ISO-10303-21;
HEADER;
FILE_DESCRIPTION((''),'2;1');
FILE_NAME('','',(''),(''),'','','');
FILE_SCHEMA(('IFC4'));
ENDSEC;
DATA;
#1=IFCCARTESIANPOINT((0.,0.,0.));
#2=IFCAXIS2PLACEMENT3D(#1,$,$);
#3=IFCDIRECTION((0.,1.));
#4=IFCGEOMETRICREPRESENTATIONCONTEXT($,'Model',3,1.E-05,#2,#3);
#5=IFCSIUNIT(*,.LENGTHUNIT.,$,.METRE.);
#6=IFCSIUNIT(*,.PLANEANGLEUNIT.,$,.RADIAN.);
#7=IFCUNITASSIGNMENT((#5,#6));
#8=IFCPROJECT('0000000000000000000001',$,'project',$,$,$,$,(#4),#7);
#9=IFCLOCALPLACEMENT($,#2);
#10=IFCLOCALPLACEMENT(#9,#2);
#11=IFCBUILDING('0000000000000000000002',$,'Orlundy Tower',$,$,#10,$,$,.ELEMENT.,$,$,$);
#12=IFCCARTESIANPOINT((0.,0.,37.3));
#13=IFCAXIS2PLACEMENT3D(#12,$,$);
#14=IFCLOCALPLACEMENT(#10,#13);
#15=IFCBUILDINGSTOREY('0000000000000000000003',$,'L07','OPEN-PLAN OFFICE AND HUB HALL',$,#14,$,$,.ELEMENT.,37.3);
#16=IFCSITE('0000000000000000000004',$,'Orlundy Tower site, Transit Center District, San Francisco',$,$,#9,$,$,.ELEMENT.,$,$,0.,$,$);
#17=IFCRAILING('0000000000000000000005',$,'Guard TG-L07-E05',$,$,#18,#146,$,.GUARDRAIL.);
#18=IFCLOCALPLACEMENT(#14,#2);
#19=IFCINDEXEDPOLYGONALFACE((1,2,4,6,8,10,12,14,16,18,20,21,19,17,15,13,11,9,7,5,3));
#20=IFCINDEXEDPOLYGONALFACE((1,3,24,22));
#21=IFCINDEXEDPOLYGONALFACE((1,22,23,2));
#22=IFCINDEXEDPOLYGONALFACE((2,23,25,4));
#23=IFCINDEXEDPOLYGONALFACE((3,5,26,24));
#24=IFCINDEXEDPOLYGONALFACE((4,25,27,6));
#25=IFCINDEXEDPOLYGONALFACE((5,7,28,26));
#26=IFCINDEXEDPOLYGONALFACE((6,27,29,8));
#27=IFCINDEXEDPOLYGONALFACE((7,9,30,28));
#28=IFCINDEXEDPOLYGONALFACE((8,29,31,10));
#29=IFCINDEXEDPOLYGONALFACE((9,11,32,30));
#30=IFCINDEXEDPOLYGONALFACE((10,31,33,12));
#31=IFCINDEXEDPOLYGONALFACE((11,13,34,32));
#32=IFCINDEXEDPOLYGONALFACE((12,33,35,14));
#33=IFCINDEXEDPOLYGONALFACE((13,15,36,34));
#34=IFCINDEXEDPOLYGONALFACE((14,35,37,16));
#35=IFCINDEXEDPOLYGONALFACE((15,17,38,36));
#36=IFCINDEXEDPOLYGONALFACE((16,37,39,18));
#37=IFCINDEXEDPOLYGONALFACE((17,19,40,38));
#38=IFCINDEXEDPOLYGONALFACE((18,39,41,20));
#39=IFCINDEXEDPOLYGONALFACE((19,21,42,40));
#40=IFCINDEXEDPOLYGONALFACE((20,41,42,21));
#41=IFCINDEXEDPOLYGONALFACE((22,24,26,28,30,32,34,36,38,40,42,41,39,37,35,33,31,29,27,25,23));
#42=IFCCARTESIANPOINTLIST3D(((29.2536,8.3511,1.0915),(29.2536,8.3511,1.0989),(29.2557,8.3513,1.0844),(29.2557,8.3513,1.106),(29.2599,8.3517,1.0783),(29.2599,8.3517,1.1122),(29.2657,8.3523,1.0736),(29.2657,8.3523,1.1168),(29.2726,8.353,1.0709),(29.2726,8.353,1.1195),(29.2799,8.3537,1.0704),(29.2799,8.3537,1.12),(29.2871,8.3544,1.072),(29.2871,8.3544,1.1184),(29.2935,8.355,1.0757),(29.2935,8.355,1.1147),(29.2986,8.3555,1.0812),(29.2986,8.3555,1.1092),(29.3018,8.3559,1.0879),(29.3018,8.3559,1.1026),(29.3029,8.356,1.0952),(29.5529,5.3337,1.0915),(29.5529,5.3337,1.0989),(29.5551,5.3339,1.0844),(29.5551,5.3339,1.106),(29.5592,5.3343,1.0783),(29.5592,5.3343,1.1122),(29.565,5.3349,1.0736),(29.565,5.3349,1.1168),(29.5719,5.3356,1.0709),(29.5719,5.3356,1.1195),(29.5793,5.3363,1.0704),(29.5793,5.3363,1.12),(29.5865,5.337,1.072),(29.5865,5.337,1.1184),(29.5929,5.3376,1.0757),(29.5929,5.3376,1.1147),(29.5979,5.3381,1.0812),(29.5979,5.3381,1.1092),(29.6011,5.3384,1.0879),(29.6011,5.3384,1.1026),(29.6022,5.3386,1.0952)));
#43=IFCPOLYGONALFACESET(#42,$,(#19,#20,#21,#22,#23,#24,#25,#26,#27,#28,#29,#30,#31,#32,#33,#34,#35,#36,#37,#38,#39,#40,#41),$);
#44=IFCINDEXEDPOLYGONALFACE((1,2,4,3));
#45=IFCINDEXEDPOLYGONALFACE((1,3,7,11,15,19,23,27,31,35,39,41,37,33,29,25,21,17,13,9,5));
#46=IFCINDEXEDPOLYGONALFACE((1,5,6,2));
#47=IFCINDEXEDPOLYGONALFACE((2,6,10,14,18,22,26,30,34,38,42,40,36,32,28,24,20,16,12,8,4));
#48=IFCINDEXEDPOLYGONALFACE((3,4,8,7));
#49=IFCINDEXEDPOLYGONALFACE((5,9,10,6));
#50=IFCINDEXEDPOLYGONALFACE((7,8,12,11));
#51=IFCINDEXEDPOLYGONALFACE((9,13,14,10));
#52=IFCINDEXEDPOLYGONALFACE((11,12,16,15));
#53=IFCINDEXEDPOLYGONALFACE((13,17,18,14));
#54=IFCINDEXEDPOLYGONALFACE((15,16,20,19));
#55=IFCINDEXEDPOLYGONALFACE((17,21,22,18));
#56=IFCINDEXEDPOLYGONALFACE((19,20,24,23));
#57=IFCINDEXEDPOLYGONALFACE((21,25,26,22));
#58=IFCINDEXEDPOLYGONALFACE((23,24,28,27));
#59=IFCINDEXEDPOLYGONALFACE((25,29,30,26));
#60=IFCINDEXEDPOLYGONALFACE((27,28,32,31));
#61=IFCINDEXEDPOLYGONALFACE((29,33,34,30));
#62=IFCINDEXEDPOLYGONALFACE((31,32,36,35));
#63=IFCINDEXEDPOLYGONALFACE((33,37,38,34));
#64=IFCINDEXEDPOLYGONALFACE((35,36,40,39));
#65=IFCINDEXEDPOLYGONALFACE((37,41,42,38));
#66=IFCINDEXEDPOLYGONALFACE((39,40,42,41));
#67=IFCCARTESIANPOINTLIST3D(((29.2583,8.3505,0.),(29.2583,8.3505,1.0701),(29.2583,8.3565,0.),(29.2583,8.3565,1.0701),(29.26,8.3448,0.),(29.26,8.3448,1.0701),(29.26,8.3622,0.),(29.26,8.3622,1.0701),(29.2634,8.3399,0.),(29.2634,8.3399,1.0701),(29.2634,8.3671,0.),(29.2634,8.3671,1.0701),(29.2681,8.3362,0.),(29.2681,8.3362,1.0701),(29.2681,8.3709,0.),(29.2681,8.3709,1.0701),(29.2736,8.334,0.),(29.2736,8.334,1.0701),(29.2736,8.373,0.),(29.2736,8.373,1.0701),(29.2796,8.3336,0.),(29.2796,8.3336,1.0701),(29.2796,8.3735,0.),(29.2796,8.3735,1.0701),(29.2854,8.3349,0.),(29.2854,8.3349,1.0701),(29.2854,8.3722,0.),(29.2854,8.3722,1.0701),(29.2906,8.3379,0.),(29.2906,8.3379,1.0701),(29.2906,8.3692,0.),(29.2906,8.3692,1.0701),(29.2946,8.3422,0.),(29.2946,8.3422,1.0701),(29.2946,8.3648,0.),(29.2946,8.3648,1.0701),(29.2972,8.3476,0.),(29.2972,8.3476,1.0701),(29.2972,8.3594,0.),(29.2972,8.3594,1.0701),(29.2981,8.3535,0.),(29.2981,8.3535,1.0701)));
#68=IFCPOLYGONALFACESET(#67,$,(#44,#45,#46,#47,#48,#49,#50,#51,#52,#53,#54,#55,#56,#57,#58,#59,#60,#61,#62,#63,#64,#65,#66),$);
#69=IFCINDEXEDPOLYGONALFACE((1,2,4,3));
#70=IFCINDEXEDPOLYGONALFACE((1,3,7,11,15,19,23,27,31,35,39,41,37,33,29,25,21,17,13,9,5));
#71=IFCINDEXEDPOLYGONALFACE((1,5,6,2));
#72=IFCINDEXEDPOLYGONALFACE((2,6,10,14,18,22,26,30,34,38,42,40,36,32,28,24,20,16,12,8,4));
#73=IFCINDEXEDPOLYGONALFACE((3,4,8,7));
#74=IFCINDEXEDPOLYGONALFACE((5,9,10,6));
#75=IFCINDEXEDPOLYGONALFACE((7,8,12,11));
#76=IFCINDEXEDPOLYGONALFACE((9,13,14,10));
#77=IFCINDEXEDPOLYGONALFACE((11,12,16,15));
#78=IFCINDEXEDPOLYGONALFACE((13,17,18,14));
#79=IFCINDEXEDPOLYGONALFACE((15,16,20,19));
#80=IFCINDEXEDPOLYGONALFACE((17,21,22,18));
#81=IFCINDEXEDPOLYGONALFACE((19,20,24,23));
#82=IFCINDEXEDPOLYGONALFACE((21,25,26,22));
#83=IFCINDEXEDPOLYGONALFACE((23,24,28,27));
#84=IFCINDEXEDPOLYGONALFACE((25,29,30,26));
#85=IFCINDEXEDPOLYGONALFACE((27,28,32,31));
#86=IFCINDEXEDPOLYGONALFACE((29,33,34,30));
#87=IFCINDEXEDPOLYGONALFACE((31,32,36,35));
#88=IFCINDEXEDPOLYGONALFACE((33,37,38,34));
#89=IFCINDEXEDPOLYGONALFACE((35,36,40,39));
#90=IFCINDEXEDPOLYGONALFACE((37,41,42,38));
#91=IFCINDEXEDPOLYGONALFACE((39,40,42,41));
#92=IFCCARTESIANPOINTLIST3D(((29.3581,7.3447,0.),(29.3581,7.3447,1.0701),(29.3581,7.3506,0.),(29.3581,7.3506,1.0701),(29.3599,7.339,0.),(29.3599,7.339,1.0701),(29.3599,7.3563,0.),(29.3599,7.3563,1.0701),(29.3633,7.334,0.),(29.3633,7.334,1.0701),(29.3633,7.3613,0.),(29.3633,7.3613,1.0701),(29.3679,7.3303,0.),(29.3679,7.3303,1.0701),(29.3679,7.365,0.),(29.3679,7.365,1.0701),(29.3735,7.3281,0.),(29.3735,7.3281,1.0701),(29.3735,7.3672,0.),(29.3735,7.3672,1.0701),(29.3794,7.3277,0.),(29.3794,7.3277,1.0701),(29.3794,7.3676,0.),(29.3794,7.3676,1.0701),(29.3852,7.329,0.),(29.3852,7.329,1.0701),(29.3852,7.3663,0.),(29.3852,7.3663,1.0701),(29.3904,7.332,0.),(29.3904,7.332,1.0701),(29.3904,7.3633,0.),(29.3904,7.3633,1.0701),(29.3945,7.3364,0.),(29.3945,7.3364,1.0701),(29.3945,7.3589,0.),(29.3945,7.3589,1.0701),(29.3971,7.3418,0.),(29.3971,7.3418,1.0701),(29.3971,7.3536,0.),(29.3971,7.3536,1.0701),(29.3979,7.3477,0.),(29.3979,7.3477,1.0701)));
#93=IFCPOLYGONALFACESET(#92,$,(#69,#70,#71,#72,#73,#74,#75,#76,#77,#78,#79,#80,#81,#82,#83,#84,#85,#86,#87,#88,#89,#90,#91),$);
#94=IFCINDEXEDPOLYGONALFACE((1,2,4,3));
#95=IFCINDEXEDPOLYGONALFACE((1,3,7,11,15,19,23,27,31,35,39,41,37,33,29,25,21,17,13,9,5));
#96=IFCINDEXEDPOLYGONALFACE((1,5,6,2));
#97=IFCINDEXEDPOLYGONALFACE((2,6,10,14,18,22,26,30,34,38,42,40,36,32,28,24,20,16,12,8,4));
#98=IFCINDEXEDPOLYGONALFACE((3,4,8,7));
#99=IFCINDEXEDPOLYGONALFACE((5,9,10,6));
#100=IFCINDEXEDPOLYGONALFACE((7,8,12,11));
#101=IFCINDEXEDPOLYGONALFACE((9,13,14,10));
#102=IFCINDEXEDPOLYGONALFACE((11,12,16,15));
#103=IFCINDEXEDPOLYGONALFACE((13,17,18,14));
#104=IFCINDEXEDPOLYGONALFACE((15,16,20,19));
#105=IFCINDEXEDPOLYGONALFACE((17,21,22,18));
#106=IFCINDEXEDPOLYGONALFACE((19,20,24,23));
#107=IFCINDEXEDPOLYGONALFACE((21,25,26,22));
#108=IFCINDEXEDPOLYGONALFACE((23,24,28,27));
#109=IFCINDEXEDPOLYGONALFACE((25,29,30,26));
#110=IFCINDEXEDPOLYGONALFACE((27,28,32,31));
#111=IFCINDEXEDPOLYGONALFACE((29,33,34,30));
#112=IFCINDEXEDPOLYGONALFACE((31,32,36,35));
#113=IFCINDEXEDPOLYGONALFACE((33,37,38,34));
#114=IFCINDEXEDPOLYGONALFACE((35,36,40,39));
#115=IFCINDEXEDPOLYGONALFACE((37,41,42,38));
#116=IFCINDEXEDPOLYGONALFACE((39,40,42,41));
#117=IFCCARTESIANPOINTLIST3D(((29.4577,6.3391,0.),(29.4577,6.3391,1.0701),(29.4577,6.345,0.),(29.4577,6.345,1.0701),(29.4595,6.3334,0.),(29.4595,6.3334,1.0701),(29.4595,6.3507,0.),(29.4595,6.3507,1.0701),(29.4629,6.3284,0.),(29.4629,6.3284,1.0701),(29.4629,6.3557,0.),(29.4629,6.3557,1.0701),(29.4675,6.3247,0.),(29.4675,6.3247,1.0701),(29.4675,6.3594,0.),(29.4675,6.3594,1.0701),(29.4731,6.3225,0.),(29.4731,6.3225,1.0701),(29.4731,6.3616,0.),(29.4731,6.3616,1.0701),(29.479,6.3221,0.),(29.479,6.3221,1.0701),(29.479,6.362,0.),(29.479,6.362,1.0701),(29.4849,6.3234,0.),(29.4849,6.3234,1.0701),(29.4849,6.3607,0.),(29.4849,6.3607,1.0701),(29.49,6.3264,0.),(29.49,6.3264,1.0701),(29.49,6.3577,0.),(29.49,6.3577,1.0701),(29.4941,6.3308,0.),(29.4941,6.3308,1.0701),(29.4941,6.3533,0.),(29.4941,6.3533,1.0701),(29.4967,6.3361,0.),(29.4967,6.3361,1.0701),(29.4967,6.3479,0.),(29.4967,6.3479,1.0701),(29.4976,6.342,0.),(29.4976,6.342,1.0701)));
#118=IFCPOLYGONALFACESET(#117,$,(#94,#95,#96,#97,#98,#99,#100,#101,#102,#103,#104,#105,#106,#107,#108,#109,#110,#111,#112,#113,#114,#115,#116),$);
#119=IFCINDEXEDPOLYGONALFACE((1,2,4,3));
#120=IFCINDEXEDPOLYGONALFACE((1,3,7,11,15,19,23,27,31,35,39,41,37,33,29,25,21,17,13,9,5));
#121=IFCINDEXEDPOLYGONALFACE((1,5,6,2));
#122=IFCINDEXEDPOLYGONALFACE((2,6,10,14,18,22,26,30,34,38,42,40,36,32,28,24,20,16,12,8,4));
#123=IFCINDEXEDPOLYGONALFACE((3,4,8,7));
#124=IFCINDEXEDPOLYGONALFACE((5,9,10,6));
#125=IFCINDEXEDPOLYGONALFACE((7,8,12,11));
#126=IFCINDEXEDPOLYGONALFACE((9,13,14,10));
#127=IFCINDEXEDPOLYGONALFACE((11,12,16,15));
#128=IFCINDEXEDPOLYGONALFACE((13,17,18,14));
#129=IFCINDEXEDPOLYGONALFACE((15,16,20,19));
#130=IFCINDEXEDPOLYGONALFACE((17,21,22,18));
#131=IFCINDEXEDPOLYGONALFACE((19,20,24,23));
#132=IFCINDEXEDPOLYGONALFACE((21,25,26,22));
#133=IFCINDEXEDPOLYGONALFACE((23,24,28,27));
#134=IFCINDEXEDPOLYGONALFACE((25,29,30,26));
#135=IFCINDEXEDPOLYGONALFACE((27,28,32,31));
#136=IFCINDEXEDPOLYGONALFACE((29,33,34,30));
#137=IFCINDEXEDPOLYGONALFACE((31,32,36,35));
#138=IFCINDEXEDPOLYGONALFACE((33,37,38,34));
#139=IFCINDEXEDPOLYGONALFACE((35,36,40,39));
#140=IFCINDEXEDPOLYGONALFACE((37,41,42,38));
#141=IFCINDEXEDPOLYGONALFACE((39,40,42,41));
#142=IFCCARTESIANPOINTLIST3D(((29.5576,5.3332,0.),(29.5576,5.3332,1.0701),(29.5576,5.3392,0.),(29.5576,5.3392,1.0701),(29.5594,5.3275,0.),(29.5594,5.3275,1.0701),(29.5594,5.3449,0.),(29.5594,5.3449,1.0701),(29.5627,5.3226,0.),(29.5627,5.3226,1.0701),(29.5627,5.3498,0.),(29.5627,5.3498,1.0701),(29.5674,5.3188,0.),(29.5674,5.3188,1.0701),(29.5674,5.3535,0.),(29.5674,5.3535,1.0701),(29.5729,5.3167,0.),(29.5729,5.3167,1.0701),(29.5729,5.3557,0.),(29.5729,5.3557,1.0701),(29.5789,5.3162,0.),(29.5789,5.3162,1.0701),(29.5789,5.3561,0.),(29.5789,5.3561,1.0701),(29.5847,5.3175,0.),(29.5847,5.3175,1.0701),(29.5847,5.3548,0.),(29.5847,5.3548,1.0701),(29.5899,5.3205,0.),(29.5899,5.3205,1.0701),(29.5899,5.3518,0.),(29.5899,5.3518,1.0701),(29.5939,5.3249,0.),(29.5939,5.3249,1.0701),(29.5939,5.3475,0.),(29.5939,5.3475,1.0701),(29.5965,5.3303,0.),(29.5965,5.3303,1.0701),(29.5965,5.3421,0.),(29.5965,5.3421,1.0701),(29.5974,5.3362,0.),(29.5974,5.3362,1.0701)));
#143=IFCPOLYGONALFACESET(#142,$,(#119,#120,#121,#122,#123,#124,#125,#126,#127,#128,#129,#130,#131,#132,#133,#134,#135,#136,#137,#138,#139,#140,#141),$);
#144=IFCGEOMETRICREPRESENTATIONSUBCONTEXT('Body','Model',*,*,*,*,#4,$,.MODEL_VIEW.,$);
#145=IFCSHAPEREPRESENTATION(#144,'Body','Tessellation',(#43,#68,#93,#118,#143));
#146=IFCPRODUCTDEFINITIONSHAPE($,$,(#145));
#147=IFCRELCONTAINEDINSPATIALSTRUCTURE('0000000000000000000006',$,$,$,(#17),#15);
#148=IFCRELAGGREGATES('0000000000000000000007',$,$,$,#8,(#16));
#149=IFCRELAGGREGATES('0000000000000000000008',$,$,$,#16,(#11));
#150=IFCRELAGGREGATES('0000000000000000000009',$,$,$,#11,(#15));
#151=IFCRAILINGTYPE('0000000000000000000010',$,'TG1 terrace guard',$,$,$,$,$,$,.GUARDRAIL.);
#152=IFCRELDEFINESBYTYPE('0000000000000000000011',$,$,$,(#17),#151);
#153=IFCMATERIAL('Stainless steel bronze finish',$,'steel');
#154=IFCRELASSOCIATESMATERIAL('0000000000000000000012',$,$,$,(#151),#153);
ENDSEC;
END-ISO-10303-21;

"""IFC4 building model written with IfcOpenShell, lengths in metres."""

from ifc_helpers import new_model, si_unit, direction, frame, origin, origin_2d, place, context, subcontext, project, spatial, circle, extrude, material, type_object, element, save


model = new_model("IFC4")

# Units and contexts
model_context = context("Model", 3, precision=1e-05, world=origin(), true_north=direction((0.0, 1.0)))
body_context = subcontext(model_context, "Body", "Model", "MODEL_VIEW")
ifc_project = project(units=[si_unit("LENGTHUNIT", "METRE"), si_unit("PLANEANGLEUNIT", "RADIAN")], contexts=[model_context])

# Site, building, storey
site_placement = place(None, origin())
site = spatial("IfcSite", under=ifc_project, at=site_placement, Name="Orlundy Tower site, Transit Center District, San Francisco", CompositionType="ELEMENT", RefElevation=0.0)
building_placement = place(site_placement, origin())
building = spatial("IfcBuilding", under=site, at=building_placement, Name="Orlundy Tower", CompositionType="ELEMENT")
storey_placement = place(building_placement, frame((0.0, 0.0, 37.3)))
storey = spatial("IfcBuildingStorey", under=building, at=storey_placement, Name="L07", Description="OPEN-PLAN OFFICE AND HUB HALL", CompositionType="ELEMENT", Elevation=37.3)

# Railing
ifc_material_1 = material(Name="Stainless steel bronze finish", Category="steel")
railing_type = type_object("IfcRailingType", Name="TG1 terrace guard", PredefinedType="GUARDRAIL", material=ifc_material_1)
railing_1_placement = place(storey_placement, frame((29.2781, 8.3535, 0.0)))
element("IfcRailing", 1, at=railing_1_placement, inside=storey, type_object=railing_type, Name="Guard TG-L07-E05", PredefinedType="GUARDRAIL", context=body_context, shape_type="SweptSolid", body=[
    extrude(circle(Radius=0.0249, at=origin_2d()), frame((0.0, 0.0, 1.0952), z_axis=(0.098714, -0.995116, 0.0), x_axis=(0.995116, 0.098714, 0.0)), (0.0, 0.0, 1.0), 3.0322),
    extrude(circle(Radius=0.02, at=origin_2d()), origin(), (0.0, 0.0, 1.0), 1.0701),
    extrude(circle(Radius=0.02, at=origin_2d()), frame((0.0999, -1.0059, 0.0)), (0.0, 0.0, 1.0), 1.0701),
    extrude(circle(Radius=0.02, at=origin_2d()), frame((0.1995, -2.0115, 0.0)), (0.0, 0.0, 1.0), 1.0701),
    extrude(circle(Radius=0.02, at=origin_2d()), frame((0.2993, -3.0173, 0.0)), (0.0, 0.0, 1.0), 1.0701),
])

save(model, "model.ifc")
